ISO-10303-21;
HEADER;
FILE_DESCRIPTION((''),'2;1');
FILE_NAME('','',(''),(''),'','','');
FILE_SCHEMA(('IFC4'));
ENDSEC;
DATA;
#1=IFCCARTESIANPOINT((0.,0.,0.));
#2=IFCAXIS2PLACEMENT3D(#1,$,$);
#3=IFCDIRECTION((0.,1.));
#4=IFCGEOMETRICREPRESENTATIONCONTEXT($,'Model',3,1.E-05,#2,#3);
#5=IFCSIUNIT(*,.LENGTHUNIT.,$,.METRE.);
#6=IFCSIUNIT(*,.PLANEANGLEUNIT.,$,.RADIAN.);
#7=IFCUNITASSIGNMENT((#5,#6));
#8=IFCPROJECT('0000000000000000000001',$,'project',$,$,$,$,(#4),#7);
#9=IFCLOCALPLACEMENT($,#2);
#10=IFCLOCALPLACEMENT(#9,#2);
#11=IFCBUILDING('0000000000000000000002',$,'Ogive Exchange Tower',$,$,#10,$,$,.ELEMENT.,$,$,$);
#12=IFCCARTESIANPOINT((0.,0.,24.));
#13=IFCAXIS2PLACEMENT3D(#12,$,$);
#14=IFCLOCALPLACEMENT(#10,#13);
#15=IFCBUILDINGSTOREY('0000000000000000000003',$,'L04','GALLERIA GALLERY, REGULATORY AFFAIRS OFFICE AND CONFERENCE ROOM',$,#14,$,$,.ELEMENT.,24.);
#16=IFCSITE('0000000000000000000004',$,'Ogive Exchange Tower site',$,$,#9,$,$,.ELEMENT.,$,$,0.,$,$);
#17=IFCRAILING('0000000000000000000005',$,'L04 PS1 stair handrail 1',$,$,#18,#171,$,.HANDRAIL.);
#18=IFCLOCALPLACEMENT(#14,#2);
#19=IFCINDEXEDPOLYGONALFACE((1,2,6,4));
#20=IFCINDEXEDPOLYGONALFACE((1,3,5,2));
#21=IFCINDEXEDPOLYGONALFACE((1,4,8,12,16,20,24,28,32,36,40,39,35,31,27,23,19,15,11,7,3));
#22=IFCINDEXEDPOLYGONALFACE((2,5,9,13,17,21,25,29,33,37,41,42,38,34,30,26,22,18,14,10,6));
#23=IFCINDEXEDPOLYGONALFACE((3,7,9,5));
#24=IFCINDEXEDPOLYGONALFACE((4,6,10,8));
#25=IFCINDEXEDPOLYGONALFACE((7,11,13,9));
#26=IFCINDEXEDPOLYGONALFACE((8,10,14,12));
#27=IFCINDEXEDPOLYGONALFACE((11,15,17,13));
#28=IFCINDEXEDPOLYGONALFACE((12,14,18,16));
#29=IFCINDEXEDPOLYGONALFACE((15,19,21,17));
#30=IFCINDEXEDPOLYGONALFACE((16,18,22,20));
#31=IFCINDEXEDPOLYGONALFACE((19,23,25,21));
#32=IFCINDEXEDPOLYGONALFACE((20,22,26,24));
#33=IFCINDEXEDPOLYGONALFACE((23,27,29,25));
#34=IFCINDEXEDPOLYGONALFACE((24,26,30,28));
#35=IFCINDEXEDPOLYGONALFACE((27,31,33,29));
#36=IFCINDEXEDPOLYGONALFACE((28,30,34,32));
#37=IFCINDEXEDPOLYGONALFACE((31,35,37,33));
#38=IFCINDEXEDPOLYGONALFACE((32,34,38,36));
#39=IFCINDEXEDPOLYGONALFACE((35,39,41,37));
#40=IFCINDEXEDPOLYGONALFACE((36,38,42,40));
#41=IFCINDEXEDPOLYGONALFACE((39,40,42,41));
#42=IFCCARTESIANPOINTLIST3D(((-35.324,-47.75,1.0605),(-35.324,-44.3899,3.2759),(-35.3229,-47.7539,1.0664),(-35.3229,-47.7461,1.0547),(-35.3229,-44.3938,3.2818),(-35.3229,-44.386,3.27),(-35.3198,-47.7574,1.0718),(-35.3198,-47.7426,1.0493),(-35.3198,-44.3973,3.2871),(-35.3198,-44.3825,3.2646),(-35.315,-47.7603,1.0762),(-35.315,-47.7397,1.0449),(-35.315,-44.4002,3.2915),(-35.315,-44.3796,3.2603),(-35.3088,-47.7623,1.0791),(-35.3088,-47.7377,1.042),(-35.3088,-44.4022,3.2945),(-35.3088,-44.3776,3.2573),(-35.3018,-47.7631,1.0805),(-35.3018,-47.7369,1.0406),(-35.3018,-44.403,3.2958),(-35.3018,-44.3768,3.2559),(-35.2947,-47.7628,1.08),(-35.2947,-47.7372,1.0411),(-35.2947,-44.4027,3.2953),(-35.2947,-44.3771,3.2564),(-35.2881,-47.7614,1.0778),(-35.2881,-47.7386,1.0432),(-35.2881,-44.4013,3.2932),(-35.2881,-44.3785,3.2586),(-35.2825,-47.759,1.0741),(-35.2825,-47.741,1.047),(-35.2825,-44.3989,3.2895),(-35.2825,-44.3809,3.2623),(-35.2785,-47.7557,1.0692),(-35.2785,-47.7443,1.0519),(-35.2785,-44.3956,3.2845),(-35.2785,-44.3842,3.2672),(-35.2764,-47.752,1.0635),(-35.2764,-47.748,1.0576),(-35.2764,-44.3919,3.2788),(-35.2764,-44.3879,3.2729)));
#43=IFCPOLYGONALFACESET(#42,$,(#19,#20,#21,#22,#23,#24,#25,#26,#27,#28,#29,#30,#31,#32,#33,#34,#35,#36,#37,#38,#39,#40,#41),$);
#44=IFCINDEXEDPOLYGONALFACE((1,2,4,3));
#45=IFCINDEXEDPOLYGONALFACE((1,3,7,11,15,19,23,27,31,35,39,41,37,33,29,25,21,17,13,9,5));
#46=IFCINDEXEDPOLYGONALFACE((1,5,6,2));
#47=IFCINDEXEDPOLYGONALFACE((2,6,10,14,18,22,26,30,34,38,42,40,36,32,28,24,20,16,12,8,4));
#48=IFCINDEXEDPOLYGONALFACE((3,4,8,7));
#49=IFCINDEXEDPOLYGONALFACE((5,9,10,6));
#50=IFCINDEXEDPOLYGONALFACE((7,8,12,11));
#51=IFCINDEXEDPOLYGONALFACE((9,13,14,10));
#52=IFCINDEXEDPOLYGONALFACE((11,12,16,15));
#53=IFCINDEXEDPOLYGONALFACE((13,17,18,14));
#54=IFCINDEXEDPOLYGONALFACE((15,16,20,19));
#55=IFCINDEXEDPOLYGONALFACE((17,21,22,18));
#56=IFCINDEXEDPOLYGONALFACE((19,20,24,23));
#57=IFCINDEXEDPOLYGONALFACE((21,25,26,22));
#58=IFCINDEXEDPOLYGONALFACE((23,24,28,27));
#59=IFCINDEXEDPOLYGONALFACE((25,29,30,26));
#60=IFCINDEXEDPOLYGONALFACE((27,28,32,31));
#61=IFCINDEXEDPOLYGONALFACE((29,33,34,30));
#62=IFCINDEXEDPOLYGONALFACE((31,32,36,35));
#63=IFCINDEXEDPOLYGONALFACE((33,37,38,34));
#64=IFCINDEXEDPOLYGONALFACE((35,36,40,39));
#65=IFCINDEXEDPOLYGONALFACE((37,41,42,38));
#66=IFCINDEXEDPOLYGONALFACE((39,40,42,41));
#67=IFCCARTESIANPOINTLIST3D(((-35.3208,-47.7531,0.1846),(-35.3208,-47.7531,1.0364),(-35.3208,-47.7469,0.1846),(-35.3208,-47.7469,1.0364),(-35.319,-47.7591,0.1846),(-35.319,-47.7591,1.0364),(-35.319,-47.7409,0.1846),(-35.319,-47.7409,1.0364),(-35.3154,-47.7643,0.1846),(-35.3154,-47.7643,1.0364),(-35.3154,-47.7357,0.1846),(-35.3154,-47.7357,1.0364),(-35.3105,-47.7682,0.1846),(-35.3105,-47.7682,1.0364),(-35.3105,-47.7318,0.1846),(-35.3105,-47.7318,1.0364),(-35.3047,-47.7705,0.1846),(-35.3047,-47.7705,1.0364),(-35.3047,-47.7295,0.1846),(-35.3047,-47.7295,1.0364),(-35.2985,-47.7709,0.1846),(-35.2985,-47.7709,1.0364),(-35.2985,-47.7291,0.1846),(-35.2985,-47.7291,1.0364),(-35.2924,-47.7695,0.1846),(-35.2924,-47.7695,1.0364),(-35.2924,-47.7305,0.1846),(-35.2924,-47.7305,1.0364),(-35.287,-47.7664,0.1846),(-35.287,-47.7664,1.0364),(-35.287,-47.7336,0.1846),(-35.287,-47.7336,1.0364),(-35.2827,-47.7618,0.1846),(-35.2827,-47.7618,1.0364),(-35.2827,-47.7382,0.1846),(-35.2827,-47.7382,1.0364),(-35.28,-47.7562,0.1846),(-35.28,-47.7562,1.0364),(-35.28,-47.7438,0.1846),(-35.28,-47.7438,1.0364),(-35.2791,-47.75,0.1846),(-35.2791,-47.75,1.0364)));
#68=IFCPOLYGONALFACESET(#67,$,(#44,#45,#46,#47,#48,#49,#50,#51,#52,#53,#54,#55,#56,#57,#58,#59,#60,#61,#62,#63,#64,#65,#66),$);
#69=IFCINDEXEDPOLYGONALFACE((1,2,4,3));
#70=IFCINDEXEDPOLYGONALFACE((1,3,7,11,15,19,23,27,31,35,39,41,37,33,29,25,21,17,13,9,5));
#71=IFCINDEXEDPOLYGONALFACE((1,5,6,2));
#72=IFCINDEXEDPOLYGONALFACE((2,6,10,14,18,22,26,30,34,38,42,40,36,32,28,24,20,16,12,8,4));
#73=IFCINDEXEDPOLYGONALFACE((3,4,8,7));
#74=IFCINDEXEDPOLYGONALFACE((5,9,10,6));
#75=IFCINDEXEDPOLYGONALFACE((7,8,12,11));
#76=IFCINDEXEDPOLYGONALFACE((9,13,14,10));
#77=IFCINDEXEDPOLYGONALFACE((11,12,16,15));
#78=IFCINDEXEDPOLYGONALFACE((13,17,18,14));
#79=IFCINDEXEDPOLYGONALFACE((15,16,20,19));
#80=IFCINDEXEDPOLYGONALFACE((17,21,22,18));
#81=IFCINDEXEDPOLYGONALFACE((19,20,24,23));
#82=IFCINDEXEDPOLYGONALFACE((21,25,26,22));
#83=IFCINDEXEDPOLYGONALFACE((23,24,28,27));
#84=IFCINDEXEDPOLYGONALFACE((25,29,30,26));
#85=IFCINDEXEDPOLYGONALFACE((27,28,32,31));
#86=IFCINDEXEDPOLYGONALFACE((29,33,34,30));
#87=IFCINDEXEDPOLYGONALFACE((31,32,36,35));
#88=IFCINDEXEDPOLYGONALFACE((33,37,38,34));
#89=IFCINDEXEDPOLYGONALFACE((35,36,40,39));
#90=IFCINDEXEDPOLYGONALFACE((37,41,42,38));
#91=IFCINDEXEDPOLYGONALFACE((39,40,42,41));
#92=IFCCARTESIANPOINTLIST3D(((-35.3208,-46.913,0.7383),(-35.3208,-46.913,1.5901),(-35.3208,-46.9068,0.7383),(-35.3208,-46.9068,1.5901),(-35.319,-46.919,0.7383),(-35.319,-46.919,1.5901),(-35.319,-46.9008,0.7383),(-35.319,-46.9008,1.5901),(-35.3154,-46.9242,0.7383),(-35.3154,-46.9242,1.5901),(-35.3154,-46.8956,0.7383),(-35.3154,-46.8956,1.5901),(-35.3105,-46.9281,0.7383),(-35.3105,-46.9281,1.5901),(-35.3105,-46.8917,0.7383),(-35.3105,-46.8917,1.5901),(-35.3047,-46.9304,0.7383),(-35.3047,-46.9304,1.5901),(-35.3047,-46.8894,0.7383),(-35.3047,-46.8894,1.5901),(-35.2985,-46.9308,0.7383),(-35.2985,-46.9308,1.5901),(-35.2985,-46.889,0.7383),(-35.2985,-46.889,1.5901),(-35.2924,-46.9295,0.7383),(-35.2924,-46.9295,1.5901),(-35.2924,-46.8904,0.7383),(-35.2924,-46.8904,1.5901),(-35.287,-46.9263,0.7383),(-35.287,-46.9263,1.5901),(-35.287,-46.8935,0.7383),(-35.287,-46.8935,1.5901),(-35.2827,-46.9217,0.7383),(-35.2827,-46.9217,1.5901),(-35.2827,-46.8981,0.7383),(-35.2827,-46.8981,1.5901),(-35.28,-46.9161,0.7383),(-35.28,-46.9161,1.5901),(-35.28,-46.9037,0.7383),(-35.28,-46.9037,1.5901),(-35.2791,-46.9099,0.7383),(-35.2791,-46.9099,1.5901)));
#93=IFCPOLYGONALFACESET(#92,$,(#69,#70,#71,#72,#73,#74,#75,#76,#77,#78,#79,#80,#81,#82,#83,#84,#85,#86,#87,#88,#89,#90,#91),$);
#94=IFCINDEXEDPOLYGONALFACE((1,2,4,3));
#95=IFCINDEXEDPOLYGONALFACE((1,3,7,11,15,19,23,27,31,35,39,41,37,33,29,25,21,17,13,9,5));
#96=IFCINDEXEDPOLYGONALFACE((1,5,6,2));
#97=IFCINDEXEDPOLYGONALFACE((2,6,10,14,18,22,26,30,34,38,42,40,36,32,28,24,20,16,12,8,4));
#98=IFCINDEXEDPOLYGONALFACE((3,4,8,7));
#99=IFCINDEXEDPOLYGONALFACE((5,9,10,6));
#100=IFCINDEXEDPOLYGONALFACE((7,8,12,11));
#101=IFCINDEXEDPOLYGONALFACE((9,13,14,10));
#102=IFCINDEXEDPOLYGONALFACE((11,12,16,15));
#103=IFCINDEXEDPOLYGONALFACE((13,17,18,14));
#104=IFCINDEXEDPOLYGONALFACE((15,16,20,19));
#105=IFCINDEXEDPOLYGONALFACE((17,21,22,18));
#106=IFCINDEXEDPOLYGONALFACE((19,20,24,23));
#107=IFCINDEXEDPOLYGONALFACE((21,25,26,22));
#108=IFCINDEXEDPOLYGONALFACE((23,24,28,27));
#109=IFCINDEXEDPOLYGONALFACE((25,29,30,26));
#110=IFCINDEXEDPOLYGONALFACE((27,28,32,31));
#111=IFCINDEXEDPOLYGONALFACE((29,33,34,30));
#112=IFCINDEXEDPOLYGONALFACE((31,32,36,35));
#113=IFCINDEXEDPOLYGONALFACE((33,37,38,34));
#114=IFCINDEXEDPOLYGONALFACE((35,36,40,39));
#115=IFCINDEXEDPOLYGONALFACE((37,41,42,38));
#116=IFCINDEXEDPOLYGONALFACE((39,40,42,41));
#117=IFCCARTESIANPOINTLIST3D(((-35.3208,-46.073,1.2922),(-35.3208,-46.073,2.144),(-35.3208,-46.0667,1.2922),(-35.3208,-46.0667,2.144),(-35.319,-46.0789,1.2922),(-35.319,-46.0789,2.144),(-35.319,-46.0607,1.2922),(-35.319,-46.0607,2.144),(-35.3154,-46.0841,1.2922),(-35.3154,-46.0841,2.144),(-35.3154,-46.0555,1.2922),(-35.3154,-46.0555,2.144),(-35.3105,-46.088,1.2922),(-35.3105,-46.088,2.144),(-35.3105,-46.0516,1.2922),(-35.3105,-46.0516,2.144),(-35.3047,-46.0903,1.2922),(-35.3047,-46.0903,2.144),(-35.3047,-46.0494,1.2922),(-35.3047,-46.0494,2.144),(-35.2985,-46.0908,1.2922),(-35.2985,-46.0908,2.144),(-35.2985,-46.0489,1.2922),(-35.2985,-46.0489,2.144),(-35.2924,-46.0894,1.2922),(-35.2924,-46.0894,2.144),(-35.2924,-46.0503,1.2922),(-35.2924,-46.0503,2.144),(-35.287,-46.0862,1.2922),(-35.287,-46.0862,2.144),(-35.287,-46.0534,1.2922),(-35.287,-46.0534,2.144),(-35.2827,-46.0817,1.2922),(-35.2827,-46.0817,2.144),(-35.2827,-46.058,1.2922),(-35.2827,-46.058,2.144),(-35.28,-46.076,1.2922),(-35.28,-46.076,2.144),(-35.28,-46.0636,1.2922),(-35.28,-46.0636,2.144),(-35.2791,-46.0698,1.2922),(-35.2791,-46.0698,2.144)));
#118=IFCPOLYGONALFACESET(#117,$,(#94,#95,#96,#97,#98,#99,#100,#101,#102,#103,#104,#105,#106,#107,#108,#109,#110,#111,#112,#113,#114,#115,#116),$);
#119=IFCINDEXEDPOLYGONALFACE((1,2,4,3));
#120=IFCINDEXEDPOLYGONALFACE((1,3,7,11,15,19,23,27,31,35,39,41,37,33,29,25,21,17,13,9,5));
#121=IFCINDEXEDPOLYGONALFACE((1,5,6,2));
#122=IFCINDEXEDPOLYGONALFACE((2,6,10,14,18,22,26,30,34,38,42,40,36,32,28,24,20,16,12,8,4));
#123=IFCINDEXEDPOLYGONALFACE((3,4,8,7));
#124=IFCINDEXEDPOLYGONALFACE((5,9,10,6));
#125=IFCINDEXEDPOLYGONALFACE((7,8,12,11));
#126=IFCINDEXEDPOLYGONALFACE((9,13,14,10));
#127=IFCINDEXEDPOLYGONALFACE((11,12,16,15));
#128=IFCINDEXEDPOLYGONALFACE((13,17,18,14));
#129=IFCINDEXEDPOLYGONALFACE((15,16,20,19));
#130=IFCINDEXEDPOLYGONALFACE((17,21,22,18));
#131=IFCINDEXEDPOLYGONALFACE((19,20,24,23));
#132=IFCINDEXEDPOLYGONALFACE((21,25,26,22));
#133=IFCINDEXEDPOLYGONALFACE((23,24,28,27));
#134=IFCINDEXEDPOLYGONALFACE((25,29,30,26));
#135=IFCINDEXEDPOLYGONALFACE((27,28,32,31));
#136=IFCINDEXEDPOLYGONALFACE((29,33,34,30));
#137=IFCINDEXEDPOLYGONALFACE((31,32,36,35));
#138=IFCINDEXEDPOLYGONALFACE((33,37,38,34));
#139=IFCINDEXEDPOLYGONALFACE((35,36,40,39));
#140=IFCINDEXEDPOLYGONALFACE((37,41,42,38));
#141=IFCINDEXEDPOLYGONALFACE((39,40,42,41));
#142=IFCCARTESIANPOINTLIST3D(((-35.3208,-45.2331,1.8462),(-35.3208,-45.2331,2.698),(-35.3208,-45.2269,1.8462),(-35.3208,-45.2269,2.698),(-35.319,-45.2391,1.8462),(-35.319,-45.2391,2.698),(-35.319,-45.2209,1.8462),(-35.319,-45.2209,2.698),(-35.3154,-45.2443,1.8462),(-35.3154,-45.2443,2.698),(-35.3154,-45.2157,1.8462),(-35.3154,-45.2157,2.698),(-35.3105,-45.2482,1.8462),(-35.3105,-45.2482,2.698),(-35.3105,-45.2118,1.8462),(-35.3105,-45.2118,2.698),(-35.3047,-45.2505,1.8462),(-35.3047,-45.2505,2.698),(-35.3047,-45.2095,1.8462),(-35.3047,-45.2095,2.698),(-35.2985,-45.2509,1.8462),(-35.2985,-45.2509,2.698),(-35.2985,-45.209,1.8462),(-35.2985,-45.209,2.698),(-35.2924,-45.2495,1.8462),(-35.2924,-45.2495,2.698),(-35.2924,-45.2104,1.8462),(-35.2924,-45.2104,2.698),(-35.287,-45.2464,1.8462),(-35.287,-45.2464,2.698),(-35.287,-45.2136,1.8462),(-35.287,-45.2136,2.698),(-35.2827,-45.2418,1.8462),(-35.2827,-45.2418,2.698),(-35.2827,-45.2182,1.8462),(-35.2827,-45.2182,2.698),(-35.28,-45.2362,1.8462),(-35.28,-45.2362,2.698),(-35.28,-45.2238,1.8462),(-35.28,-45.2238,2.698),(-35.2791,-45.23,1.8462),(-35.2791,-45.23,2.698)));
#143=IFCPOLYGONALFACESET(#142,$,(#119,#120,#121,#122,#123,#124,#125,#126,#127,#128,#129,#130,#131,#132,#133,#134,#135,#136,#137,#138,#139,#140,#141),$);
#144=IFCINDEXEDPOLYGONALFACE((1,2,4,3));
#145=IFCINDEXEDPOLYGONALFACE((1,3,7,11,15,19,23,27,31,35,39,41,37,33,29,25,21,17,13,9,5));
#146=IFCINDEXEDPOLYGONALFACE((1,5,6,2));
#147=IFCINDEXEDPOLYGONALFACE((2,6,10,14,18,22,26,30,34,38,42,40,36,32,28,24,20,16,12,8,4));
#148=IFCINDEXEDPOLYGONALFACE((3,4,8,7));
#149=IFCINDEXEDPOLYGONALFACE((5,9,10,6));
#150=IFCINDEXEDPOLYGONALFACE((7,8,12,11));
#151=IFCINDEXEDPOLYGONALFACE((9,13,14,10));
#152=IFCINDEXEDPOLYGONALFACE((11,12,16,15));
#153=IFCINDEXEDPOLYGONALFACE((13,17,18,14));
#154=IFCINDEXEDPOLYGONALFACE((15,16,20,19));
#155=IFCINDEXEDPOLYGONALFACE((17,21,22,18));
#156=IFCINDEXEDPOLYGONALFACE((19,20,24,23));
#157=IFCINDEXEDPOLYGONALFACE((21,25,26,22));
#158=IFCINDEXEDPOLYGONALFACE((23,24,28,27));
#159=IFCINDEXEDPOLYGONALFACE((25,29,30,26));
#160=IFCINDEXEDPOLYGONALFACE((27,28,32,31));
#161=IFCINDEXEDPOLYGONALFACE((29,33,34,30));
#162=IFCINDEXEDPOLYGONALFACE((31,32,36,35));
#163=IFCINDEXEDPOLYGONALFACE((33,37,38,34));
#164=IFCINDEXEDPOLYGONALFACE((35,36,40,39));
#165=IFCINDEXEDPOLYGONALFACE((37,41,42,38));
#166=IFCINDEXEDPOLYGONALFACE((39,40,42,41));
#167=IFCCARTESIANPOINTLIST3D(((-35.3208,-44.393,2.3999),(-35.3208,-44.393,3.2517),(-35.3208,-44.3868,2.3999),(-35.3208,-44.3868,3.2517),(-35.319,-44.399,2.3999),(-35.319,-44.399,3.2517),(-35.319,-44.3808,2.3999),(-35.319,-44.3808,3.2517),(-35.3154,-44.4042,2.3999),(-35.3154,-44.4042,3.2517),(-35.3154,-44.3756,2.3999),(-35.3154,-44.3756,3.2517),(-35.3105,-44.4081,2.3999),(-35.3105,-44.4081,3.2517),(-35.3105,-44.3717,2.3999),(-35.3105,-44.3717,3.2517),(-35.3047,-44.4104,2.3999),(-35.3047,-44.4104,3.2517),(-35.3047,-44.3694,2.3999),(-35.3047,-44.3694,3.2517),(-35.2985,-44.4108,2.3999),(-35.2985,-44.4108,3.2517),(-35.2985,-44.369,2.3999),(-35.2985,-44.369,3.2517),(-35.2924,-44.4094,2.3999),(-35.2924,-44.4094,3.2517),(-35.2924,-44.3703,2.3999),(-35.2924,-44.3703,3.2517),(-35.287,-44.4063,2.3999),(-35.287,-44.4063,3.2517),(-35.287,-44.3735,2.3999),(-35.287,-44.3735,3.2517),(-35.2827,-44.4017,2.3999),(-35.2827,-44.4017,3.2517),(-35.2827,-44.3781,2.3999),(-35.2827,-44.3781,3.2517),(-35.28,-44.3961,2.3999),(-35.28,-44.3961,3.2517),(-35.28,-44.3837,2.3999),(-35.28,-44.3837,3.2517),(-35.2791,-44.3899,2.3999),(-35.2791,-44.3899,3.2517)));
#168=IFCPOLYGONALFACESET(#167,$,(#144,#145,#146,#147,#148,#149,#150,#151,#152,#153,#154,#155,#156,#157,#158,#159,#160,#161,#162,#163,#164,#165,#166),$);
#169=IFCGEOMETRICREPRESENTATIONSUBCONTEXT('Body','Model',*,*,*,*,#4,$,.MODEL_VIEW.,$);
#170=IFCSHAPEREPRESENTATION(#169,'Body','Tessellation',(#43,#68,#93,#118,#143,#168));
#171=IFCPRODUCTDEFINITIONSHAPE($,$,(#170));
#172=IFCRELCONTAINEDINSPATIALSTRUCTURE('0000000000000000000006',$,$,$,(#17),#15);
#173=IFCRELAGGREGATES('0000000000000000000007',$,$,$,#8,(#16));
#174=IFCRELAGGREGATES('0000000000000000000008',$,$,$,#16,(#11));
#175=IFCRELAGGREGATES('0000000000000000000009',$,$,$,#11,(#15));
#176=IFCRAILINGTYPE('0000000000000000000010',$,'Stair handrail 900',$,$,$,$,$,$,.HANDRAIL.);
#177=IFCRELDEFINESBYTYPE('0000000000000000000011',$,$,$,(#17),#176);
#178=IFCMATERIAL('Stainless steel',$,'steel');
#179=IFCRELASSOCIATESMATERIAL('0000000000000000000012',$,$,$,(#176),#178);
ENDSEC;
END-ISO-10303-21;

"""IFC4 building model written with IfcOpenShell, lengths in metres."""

from ifc_helpers import new_model, si_unit, direction, frame, origin, origin_2d, place, context, subcontext, project, spatial, circle, extrude, material, type_object, element, save


model = new_model("IFC4")

# Units and contexts
model_context = context("Model", 3, precision=1e-05, world=origin(), true_north=direction((0.0, 1.0)))
body_context = subcontext(model_context, "Body", "Model", "MODEL_VIEW")
ifc_project = project(units=[si_unit("LENGTHUNIT", "METRE"), si_unit("PLANEANGLEUNIT", "RADIAN")], contexts=[model_context])

# Site, building, storey
site_placement = place(None, origin())
site = spatial("IfcSite", under=ifc_project, at=site_placement, Name="Ogive Exchange Tower site", CompositionType="ELEMENT", RefElevation=0.0)
building_placement = place(site_placement, origin())
building = spatial("IfcBuilding", under=site, at=building_placement, Name="Ogive Exchange Tower", CompositionType="ELEMENT")
storey_placement = place(building_placement, frame((0.0, 0.0, 24.0)))
storey = spatial("IfcBuildingStorey", under=building, at=storey_placement, Name="L04", Description="GALLERIA GALLERY, REGULATORY AFFAIRS OFFICE AND CONFERENCE ROOM", CompositionType="ELEMENT", Elevation=24.0)

# Railing
ifc_material_1 = material(Name="Stainless steel", Category="steel")
railing_type = type_object("IfcRailingType", Name="Stair handrail 900", PredefinedType="HANDRAIL", material=ifc_material_1)
railing_placement = place(storey_placement, frame((-35.3, -47.75, 0.1846)))
element("IfcRailing", 1, at=railing_placement, inside=storey, type_object=railing_type, Name="L04 PS1 stair handrail 1", PredefinedType="HANDRAIL", context=body_context, shape_type="SweptSolid", body=[
    extrude(circle(Radius=0.0239, at=origin_2d()), frame((0.0, 0.0, 0.876), z_axis=(0.0, 0.834876, 0.550437), x_axis=(-1.0, 0.0, 0.0)), (0.0, 0.0, 1.0), 4.0247),
    extrude(circle(Radius=0.021, at=origin_2d()), origin(), (0.0, 0.0, 1.0), 0.8518),
    extrude(circle(Radius=0.021, at=origin_2d()), frame((0.0, 0.8401, 0.5537)), (0.0, 0.0, 1.0), 0.8518),
    extrude(circle(Radius=0.021, at=origin_2d()), frame((0.0, 1.6802, 1.1077)), (0.0, 0.0, 1.0), 0.8518),
    extrude(circle(Radius=0.021, at=origin_2d()), frame((0.0, 2.52, 1.6616)), (0.0, 0.0, 1.0), 0.8518),
    extrude(circle(Radius=0.021, at=origin_2d()), frame((0.0, 3.3601, 2.2153)), (0.0, 0.0, 1.0), 0.8518),
])

save(model, "model.ifc")
